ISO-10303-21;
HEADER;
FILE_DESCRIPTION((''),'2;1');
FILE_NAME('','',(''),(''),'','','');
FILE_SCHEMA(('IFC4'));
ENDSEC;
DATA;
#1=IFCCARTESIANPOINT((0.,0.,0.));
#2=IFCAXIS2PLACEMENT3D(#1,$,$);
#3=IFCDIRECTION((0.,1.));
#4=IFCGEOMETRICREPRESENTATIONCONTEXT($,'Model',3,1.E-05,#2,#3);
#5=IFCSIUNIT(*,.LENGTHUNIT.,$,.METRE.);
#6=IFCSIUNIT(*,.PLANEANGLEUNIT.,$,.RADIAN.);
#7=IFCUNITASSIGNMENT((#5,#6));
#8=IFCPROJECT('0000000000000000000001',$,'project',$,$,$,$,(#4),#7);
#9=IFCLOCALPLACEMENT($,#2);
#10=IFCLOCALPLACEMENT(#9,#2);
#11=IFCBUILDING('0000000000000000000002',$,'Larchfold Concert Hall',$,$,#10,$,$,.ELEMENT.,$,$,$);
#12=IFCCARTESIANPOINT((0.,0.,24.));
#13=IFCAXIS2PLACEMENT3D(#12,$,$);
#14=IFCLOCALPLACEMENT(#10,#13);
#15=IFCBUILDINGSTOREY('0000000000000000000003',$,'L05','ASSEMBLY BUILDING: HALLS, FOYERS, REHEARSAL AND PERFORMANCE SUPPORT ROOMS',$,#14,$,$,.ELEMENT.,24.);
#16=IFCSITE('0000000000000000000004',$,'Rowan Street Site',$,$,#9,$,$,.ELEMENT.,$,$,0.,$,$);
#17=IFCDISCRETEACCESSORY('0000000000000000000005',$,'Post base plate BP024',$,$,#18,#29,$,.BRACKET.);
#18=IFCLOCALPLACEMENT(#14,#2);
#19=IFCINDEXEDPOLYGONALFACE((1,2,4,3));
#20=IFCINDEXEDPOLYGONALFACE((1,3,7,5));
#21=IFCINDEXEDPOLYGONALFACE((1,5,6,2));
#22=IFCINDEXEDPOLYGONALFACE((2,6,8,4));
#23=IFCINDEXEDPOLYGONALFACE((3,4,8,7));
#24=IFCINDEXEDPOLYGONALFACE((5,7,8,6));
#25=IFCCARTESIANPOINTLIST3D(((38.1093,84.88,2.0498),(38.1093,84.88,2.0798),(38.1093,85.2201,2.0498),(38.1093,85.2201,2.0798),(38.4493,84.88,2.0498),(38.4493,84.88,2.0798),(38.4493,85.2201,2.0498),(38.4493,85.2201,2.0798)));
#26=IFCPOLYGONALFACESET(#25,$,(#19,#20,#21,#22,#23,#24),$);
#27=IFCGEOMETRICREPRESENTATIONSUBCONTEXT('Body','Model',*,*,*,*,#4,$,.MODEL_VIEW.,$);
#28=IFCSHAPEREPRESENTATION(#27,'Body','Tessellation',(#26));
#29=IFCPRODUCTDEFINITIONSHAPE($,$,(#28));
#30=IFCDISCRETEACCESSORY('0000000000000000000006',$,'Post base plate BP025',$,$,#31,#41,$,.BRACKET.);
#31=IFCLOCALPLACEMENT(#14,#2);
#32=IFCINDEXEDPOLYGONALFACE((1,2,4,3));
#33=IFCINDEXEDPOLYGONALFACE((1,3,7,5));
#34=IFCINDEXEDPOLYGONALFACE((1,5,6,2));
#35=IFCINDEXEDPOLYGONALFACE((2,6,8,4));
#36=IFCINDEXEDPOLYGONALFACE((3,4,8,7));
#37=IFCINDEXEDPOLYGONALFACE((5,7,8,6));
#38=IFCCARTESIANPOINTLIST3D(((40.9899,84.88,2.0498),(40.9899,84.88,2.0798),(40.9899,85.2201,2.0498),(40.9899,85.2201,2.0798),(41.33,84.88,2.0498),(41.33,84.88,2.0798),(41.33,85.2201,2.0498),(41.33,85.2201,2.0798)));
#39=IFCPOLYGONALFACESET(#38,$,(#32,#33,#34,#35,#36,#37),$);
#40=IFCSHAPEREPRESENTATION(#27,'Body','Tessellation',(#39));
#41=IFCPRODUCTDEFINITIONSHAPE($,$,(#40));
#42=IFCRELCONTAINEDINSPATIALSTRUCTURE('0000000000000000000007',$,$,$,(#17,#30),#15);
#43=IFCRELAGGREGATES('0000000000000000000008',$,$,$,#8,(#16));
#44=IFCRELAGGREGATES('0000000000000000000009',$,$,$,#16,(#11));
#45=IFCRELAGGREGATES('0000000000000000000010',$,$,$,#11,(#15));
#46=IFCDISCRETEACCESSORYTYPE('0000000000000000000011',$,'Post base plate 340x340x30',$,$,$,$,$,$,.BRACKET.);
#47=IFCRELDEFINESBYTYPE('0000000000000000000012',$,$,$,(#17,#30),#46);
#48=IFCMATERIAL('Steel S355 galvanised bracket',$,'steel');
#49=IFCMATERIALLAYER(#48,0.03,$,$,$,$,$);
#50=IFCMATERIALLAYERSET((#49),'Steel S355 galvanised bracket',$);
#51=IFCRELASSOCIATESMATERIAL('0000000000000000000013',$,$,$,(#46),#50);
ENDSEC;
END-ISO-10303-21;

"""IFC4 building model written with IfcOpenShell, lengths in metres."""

from ifc_helpers import new_model, si_unit, direction, frame, origin, origin_2d, place, context, subcontext, project, spatial, rectangle, extrude, material, layer, layer_set, type_object, element, save


model = new_model("IFC4")

# Units and contexts
model_context = context("Model", 3, precision=1e-05, world=origin(), true_north=direction((0.0, 1.0)))
body_context = subcontext(model_context, "Body", "Model", "MODEL_VIEW")
ifc_project = project(units=[si_unit("LENGTHUNIT", "METRE"), si_unit("PLANEANGLEUNIT", "RADIAN")], contexts=[model_context])

# Site, building, storey
site_placement = place(None, origin())
site = spatial("IfcSite", under=ifc_project, at=site_placement, Name="Rowan Street Site", CompositionType="ELEMENT", RefElevation=0.0)
building_placement = place(site_placement, origin())
building = spatial("IfcBuilding", under=site, at=building_placement, Name="Larchfold Concert Hall", CompositionType="ELEMENT")
storey_placement = place(building_placement, frame((0.0, 0.0, 24.0)))
storey = spatial("IfcBuildingStorey", under=building, at=storey_placement, Name="L05", Description="ASSEMBLY BUILDING: HALLS, FOYERS, REHEARSAL AND PERFORMANCE SUPPORT ROOMS", CompositionType="ELEMENT", Elevation=24.0)

# Discrete accessories
ifc_material_1 = material(Name="Steel S355 galvanised bracket", Category="steel")
ifc_layer_1 = layer(ifc_material_1, 0.03)
ifc_layer_set_1 = layer_set([ifc_layer_1], Name="Steel S355 galvanised bracket")
discrete_accessory_type_1 = type_object("IfcDiscreteAccessoryType", Name="Post base plate 340x340x30", PredefinedType="BRACKET", material=ifc_layer_set_1)
for number, where, z_axis, x_axis, name in (
    (1, (38.2793, 85.05, 2.0498), (0.0, 0.0, 1.0), (1.0, 0.0, 0.0), "Post base plate BP024"),
    (2, (41.1599, 85.05, 2.0498), (0.0, 0.0, 1.0), (1.0, 0.0, 0.0), "Post base plate BP025"),
):
    element("IfcDiscreteAccessory", number, at=place(storey_placement, frame(where, z_axis=z_axis, x_axis=x_axis)), inside=storey, type_object=discrete_accessory_type_1, Name=name, PredefinedType="BRACKET", context=body_context, shape_type="SweptSolid", body=[
        extrude(rectangle(XDim=0.3401, YDim=0.3401, at=origin_2d()), origin(), (0.0, 0.0, 1.0), 0.03),
    ])

save(model, "model.ifc")
